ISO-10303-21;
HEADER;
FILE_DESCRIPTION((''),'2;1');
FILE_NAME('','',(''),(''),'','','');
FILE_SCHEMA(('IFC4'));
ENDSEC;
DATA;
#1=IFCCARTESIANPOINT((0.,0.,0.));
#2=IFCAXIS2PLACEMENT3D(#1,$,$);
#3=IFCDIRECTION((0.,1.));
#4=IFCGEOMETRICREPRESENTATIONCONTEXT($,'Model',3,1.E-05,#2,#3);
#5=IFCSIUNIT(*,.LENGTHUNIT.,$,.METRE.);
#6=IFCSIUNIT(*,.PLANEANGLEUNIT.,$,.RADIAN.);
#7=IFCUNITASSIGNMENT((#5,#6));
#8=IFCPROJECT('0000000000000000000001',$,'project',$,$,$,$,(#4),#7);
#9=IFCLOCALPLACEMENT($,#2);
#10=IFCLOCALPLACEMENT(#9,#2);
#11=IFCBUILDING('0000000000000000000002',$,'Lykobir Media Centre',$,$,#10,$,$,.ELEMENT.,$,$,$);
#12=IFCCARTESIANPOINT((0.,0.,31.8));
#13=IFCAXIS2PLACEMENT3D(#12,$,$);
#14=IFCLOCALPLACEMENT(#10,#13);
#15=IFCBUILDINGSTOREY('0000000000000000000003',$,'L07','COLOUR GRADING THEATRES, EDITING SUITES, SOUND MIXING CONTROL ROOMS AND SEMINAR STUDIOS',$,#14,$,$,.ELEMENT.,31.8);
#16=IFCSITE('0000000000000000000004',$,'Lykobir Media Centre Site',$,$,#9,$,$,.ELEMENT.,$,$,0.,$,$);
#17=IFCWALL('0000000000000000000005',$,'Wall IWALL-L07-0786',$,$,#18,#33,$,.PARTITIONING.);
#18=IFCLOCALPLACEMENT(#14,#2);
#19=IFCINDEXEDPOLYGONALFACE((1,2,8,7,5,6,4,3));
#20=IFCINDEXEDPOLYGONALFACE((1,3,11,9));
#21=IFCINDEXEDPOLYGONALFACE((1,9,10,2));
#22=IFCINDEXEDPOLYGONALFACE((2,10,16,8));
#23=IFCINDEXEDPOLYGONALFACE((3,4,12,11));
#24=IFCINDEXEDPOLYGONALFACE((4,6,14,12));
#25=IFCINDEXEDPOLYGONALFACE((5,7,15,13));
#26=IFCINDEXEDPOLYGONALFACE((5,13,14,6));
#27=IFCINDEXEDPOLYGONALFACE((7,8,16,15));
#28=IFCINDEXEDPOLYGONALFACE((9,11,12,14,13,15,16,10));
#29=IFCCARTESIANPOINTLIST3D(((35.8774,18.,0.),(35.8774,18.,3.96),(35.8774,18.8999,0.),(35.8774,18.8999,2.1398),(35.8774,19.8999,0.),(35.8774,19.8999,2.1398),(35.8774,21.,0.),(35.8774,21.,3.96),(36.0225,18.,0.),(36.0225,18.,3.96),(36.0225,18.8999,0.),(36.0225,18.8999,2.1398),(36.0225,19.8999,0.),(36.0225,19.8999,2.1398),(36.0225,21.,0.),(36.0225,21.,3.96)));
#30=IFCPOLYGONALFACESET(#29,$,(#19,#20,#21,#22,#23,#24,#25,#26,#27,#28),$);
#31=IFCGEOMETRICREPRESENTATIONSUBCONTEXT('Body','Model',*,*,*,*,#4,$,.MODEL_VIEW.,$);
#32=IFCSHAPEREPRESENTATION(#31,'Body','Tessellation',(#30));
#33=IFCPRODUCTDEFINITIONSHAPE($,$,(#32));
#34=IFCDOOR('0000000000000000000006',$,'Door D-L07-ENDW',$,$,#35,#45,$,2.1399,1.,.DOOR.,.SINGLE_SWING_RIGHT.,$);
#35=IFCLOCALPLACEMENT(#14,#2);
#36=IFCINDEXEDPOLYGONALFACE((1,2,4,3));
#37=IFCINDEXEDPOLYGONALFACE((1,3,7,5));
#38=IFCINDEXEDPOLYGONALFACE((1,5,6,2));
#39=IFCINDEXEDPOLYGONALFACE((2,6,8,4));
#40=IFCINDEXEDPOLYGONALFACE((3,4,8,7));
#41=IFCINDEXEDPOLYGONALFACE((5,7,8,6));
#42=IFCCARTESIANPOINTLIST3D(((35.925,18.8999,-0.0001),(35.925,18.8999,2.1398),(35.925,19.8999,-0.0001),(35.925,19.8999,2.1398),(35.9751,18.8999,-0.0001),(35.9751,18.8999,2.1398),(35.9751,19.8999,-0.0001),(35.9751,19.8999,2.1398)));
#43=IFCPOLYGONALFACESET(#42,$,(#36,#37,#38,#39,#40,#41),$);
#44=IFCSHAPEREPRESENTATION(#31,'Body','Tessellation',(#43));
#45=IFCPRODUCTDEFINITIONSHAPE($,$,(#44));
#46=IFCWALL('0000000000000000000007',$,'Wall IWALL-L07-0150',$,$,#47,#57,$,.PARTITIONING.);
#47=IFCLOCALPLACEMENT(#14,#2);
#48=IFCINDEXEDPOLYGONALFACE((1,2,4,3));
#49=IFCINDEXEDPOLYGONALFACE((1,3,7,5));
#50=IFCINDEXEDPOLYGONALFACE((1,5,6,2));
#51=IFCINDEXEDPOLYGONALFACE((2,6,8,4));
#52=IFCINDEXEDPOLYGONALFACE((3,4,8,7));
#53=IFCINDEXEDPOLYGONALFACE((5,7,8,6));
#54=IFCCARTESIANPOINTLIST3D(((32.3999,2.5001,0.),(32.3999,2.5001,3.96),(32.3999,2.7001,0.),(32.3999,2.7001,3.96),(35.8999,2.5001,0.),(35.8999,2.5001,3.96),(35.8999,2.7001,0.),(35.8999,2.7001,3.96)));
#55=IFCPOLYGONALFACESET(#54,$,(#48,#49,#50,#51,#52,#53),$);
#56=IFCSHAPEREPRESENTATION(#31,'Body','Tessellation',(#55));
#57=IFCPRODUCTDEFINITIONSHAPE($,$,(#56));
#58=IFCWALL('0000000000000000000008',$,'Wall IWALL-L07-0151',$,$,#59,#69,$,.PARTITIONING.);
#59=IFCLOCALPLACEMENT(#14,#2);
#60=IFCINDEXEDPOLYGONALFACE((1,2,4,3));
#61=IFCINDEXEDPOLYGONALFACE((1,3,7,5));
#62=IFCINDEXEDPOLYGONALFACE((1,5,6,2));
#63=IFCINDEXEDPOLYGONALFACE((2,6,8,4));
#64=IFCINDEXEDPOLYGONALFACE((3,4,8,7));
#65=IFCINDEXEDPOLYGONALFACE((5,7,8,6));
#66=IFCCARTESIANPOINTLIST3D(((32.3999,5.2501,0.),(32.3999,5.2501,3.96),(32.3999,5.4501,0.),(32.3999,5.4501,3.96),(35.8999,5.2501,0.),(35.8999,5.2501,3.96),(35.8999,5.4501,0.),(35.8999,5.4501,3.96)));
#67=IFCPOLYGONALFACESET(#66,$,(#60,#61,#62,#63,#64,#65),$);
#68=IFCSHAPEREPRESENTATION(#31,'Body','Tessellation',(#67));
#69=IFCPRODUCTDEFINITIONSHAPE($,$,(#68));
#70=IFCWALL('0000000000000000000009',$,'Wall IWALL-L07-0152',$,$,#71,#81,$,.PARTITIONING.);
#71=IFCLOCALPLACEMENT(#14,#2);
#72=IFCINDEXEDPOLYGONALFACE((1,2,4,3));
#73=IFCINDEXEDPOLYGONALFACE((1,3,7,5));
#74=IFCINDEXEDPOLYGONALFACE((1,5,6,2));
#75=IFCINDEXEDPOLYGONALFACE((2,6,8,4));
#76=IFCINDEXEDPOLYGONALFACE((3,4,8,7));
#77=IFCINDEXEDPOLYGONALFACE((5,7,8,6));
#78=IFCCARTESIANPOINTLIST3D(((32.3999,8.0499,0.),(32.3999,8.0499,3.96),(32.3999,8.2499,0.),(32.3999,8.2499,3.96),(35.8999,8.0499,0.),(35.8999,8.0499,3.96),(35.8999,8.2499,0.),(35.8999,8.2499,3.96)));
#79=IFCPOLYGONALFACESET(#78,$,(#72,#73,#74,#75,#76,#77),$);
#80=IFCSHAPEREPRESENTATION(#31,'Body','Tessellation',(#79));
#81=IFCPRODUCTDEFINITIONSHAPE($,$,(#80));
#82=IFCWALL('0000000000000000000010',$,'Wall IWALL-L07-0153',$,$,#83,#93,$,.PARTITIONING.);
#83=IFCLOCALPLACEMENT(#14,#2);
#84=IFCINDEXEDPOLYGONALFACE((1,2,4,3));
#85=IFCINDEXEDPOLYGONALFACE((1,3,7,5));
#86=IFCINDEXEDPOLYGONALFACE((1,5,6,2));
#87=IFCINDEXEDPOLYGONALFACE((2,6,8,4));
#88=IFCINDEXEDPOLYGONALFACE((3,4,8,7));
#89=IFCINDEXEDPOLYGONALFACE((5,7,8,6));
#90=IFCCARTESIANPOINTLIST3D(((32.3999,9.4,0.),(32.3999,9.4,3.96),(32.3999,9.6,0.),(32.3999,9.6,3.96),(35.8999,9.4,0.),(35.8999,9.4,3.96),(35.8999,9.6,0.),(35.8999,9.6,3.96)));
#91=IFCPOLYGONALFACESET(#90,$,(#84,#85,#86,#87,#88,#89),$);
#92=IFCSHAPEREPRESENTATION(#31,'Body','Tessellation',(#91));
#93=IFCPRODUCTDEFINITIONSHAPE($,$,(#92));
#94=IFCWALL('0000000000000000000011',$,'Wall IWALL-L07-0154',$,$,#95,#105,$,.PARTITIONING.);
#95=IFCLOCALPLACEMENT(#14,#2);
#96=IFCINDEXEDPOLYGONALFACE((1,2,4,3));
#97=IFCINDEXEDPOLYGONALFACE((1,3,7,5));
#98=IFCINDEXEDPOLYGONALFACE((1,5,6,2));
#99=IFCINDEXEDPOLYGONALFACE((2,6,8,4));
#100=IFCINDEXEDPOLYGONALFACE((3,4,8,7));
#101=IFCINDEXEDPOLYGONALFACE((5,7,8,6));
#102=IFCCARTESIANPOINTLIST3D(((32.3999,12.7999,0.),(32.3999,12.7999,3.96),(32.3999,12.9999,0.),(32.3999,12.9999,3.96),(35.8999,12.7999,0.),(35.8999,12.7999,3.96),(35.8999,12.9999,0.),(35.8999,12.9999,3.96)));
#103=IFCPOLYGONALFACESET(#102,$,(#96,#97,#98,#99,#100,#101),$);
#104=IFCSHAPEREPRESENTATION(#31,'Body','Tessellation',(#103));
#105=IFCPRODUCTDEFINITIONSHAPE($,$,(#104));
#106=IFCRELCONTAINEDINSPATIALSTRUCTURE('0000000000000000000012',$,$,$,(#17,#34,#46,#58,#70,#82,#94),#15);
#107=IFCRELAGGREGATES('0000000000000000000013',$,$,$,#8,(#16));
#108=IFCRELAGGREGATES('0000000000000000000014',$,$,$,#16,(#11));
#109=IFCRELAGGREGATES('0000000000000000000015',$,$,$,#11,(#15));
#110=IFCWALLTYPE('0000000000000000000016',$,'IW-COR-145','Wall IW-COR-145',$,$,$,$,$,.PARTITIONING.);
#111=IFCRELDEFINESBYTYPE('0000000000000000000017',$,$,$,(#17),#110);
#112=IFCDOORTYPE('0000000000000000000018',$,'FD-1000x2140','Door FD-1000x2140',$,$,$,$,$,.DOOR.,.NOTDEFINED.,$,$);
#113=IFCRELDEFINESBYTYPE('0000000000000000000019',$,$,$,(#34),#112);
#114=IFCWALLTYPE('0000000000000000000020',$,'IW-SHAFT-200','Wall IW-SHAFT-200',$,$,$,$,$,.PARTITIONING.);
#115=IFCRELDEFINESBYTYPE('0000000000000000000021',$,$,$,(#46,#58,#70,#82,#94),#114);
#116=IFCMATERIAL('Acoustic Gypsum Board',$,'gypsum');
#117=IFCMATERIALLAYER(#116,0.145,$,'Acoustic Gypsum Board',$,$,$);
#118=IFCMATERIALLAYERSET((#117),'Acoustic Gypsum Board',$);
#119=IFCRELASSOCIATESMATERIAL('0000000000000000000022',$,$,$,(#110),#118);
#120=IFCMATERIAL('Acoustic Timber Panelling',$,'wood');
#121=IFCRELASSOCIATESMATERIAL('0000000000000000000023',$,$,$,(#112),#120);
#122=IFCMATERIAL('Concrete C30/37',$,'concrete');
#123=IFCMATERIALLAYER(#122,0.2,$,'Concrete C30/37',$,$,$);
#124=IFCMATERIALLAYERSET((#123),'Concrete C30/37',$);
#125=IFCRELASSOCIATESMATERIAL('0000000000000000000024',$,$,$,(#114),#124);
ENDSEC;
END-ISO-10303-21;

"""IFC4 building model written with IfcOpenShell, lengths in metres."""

from ifc_helpers import new_model, si_unit, direction, frame, frame_2d, origin, place, context, subcontext, project, spatial, rectangle, extrude, material, layer, layer_set, type_object, element, fill, save


model = new_model("IFC4")

# Units and contexts
model_context = context("Model", 3, precision=1e-05, world=origin(), true_north=direction((0.0, 1.0)))
body_context = subcontext(model_context, "Body", "Model", "MODEL_VIEW")
ifc_project = project(units=[si_unit("LENGTHUNIT", "METRE"), si_unit("PLANEANGLEUNIT", "RADIAN")], contexts=[model_context])

# Site, building, storey
site_placement = place(None, origin())
site = spatial("IfcSite", under=ifc_project, at=site_placement, Name="Lykobir Media Centre Site", CompositionType="ELEMENT", RefElevation=0.0)
building_placement = place(site_placement, origin())
building = spatial("IfcBuilding", under=site, at=building_placement, Name="Lykobir Media Centre", CompositionType="ELEMENT")
storey_placement = place(building_placement, frame((0.0, 0.0, 31.8)))
storey = spatial("IfcBuildingStorey", under=building, at=storey_placement, Name="L07", Description="COLOUR GRADING THEATRES, EDITING SUITES, SOUND MIXING CONTROL ROOMS AND SEMINAR STUDIOS", CompositionType="ELEMENT", Elevation=31.8)

# Wall, opening, door
ifc_material_1 = material(Name="Acoustic Gypsum Board", Category="gypsum")
ifc_layer_1 = layer(ifc_material_1, 0.145, Name="Acoustic Gypsum Board")
ifc_layer_set_1 = layer_set([ifc_layer_1], Name="Acoustic Gypsum Board")
wall_type_1 = type_object("IfcWallType", Name="IW-COR-145", Description="Wall IW-COR-145", PredefinedType="PARTITIONING", material=ifc_layer_set_1)
wall_1_placement = place(storey_placement, frame((35.95, 18.0, 0.0), z_axis=(0.0, 0.0, 1.0), x_axis=(0.0, 1.0, 0.0)))
wall_1 = element("IfcWall", 1, at=wall_1_placement, inside=storey, type_object=wall_type_1, Name="Wall IWALL-L07-0786", PredefinedType="PARTITIONING", context=body_context, shape_type="SweptSolid", body=[
    extrude(rectangle(XDim=3.0, YDim=0.145, at=frame_2d((1.5, 0.0))), origin(), (0.0, 0.0, 1.0), 3.96),
])
opening_1_placement = place(wall_1_placement, frame((0.8999, 0.0, 0.0)))
opening_1 = element("IfcOpeningElement", 2, at=opening_1_placement, cuts=wall_1, PredefinedType="OPENING", context=body_context, shape_type="SweptSolid", body=[
    extrude(rectangle(XDim=1.0, YDim=2.1399, at=frame_2d((0.5, 1.0698))), frame((0.0, 0.0825, 0.0), z_axis=(0.0, -1.0, 0.0), x_axis=(1.0, 0.0, 0.0)), (0.0, 0.0, 1.0), 0.165),
])
ifc_material_2 = material(Name="Acoustic Timber Panelling", Category="wood")
door_type_1 = type_object("IfcDoorType", Name="FD-1000x2140", Description="Door FD-1000x2140", OperationType="NOTDEFINED", PredefinedType="DOOR", material=ifc_material_2)
door_1_placement = place(opening_1_placement, origin())
door_1 = element("IfcDoor", 3, at=door_1_placement, inside=storey, type_object=door_type_1, Name="Door D-L07-ENDW", OperationType="SINGLE_SWING_RIGHT", OverallHeight=2.1399, OverallWidth=1.0, PredefinedType="DOOR", context=body_context, shape_type="SweptSolid", body=[
    extrude(rectangle(XDim=1.0, YDim=2.1399, at=frame_2d((0.5, 1.0698))), frame((0.0, 0.0249, 0.0), z_axis=(0.0, -1.0, 0.0), x_axis=(1.0, 0.0, 0.0)), (0.0, 0.0, 1.0), 0.05),
])
fill(opening_1, door_1)

# Walls
ifc_material_3 = material(Name="Concrete C30/37", Category="concrete")
ifc_layer_2 = layer(ifc_material_3, 0.2, Name="Concrete C30/37")
ifc_layer_set_2 = layer_set([ifc_layer_2], Name="Concrete C30/37")
wall_type_2 = type_object("IfcWallType", Name="IW-SHAFT-200", Description="Wall IW-SHAFT-200", PredefinedType="PARTITIONING", material=ifc_layer_set_2)
for number, where, z_axis, x_axis, name in (
    (4, (32.3999, 2.6001, 0.0), (0.0, 0.0, 1.0), (1.0, 0.0, 0.0), "Wall IWALL-L07-0150"),
    (5, (32.3999, 5.3501, 0.0), (0.0, 0.0, 1.0), (1.0, 0.0, 0.0), "Wall IWALL-L07-0151"),
    (6, (32.3999, 8.1499, 0.0), (0.0, 0.0, 1.0), (1.0, 0.0, 0.0), "Wall IWALL-L07-0152"),
    (7, (32.3999, 9.5, 0.0), (0.0, 0.0, 1.0), (1.0, 0.0, 0.0), "Wall IWALL-L07-0153"),
    (8, (32.3999, 12.8999, 0.0), (0.0, 0.0, 1.0), (1.0, 0.0, 0.0), "Wall IWALL-L07-0154"),
):
    element("IfcWall", number, at=place(storey_placement, frame(where, z_axis=z_axis, x_axis=x_axis)), inside=storey, type_object=wall_type_2, Name=name, PredefinedType="PARTITIONING", context=body_context, shape_type="SweptSolid", body=[
        extrude(rectangle(XDim=3.5, YDim=0.2, at=frame_2d((1.75, 0.0))), origin(), (0.0, 0.0, 1.0), 3.96),
    ])

save(model, "model.ifc")
